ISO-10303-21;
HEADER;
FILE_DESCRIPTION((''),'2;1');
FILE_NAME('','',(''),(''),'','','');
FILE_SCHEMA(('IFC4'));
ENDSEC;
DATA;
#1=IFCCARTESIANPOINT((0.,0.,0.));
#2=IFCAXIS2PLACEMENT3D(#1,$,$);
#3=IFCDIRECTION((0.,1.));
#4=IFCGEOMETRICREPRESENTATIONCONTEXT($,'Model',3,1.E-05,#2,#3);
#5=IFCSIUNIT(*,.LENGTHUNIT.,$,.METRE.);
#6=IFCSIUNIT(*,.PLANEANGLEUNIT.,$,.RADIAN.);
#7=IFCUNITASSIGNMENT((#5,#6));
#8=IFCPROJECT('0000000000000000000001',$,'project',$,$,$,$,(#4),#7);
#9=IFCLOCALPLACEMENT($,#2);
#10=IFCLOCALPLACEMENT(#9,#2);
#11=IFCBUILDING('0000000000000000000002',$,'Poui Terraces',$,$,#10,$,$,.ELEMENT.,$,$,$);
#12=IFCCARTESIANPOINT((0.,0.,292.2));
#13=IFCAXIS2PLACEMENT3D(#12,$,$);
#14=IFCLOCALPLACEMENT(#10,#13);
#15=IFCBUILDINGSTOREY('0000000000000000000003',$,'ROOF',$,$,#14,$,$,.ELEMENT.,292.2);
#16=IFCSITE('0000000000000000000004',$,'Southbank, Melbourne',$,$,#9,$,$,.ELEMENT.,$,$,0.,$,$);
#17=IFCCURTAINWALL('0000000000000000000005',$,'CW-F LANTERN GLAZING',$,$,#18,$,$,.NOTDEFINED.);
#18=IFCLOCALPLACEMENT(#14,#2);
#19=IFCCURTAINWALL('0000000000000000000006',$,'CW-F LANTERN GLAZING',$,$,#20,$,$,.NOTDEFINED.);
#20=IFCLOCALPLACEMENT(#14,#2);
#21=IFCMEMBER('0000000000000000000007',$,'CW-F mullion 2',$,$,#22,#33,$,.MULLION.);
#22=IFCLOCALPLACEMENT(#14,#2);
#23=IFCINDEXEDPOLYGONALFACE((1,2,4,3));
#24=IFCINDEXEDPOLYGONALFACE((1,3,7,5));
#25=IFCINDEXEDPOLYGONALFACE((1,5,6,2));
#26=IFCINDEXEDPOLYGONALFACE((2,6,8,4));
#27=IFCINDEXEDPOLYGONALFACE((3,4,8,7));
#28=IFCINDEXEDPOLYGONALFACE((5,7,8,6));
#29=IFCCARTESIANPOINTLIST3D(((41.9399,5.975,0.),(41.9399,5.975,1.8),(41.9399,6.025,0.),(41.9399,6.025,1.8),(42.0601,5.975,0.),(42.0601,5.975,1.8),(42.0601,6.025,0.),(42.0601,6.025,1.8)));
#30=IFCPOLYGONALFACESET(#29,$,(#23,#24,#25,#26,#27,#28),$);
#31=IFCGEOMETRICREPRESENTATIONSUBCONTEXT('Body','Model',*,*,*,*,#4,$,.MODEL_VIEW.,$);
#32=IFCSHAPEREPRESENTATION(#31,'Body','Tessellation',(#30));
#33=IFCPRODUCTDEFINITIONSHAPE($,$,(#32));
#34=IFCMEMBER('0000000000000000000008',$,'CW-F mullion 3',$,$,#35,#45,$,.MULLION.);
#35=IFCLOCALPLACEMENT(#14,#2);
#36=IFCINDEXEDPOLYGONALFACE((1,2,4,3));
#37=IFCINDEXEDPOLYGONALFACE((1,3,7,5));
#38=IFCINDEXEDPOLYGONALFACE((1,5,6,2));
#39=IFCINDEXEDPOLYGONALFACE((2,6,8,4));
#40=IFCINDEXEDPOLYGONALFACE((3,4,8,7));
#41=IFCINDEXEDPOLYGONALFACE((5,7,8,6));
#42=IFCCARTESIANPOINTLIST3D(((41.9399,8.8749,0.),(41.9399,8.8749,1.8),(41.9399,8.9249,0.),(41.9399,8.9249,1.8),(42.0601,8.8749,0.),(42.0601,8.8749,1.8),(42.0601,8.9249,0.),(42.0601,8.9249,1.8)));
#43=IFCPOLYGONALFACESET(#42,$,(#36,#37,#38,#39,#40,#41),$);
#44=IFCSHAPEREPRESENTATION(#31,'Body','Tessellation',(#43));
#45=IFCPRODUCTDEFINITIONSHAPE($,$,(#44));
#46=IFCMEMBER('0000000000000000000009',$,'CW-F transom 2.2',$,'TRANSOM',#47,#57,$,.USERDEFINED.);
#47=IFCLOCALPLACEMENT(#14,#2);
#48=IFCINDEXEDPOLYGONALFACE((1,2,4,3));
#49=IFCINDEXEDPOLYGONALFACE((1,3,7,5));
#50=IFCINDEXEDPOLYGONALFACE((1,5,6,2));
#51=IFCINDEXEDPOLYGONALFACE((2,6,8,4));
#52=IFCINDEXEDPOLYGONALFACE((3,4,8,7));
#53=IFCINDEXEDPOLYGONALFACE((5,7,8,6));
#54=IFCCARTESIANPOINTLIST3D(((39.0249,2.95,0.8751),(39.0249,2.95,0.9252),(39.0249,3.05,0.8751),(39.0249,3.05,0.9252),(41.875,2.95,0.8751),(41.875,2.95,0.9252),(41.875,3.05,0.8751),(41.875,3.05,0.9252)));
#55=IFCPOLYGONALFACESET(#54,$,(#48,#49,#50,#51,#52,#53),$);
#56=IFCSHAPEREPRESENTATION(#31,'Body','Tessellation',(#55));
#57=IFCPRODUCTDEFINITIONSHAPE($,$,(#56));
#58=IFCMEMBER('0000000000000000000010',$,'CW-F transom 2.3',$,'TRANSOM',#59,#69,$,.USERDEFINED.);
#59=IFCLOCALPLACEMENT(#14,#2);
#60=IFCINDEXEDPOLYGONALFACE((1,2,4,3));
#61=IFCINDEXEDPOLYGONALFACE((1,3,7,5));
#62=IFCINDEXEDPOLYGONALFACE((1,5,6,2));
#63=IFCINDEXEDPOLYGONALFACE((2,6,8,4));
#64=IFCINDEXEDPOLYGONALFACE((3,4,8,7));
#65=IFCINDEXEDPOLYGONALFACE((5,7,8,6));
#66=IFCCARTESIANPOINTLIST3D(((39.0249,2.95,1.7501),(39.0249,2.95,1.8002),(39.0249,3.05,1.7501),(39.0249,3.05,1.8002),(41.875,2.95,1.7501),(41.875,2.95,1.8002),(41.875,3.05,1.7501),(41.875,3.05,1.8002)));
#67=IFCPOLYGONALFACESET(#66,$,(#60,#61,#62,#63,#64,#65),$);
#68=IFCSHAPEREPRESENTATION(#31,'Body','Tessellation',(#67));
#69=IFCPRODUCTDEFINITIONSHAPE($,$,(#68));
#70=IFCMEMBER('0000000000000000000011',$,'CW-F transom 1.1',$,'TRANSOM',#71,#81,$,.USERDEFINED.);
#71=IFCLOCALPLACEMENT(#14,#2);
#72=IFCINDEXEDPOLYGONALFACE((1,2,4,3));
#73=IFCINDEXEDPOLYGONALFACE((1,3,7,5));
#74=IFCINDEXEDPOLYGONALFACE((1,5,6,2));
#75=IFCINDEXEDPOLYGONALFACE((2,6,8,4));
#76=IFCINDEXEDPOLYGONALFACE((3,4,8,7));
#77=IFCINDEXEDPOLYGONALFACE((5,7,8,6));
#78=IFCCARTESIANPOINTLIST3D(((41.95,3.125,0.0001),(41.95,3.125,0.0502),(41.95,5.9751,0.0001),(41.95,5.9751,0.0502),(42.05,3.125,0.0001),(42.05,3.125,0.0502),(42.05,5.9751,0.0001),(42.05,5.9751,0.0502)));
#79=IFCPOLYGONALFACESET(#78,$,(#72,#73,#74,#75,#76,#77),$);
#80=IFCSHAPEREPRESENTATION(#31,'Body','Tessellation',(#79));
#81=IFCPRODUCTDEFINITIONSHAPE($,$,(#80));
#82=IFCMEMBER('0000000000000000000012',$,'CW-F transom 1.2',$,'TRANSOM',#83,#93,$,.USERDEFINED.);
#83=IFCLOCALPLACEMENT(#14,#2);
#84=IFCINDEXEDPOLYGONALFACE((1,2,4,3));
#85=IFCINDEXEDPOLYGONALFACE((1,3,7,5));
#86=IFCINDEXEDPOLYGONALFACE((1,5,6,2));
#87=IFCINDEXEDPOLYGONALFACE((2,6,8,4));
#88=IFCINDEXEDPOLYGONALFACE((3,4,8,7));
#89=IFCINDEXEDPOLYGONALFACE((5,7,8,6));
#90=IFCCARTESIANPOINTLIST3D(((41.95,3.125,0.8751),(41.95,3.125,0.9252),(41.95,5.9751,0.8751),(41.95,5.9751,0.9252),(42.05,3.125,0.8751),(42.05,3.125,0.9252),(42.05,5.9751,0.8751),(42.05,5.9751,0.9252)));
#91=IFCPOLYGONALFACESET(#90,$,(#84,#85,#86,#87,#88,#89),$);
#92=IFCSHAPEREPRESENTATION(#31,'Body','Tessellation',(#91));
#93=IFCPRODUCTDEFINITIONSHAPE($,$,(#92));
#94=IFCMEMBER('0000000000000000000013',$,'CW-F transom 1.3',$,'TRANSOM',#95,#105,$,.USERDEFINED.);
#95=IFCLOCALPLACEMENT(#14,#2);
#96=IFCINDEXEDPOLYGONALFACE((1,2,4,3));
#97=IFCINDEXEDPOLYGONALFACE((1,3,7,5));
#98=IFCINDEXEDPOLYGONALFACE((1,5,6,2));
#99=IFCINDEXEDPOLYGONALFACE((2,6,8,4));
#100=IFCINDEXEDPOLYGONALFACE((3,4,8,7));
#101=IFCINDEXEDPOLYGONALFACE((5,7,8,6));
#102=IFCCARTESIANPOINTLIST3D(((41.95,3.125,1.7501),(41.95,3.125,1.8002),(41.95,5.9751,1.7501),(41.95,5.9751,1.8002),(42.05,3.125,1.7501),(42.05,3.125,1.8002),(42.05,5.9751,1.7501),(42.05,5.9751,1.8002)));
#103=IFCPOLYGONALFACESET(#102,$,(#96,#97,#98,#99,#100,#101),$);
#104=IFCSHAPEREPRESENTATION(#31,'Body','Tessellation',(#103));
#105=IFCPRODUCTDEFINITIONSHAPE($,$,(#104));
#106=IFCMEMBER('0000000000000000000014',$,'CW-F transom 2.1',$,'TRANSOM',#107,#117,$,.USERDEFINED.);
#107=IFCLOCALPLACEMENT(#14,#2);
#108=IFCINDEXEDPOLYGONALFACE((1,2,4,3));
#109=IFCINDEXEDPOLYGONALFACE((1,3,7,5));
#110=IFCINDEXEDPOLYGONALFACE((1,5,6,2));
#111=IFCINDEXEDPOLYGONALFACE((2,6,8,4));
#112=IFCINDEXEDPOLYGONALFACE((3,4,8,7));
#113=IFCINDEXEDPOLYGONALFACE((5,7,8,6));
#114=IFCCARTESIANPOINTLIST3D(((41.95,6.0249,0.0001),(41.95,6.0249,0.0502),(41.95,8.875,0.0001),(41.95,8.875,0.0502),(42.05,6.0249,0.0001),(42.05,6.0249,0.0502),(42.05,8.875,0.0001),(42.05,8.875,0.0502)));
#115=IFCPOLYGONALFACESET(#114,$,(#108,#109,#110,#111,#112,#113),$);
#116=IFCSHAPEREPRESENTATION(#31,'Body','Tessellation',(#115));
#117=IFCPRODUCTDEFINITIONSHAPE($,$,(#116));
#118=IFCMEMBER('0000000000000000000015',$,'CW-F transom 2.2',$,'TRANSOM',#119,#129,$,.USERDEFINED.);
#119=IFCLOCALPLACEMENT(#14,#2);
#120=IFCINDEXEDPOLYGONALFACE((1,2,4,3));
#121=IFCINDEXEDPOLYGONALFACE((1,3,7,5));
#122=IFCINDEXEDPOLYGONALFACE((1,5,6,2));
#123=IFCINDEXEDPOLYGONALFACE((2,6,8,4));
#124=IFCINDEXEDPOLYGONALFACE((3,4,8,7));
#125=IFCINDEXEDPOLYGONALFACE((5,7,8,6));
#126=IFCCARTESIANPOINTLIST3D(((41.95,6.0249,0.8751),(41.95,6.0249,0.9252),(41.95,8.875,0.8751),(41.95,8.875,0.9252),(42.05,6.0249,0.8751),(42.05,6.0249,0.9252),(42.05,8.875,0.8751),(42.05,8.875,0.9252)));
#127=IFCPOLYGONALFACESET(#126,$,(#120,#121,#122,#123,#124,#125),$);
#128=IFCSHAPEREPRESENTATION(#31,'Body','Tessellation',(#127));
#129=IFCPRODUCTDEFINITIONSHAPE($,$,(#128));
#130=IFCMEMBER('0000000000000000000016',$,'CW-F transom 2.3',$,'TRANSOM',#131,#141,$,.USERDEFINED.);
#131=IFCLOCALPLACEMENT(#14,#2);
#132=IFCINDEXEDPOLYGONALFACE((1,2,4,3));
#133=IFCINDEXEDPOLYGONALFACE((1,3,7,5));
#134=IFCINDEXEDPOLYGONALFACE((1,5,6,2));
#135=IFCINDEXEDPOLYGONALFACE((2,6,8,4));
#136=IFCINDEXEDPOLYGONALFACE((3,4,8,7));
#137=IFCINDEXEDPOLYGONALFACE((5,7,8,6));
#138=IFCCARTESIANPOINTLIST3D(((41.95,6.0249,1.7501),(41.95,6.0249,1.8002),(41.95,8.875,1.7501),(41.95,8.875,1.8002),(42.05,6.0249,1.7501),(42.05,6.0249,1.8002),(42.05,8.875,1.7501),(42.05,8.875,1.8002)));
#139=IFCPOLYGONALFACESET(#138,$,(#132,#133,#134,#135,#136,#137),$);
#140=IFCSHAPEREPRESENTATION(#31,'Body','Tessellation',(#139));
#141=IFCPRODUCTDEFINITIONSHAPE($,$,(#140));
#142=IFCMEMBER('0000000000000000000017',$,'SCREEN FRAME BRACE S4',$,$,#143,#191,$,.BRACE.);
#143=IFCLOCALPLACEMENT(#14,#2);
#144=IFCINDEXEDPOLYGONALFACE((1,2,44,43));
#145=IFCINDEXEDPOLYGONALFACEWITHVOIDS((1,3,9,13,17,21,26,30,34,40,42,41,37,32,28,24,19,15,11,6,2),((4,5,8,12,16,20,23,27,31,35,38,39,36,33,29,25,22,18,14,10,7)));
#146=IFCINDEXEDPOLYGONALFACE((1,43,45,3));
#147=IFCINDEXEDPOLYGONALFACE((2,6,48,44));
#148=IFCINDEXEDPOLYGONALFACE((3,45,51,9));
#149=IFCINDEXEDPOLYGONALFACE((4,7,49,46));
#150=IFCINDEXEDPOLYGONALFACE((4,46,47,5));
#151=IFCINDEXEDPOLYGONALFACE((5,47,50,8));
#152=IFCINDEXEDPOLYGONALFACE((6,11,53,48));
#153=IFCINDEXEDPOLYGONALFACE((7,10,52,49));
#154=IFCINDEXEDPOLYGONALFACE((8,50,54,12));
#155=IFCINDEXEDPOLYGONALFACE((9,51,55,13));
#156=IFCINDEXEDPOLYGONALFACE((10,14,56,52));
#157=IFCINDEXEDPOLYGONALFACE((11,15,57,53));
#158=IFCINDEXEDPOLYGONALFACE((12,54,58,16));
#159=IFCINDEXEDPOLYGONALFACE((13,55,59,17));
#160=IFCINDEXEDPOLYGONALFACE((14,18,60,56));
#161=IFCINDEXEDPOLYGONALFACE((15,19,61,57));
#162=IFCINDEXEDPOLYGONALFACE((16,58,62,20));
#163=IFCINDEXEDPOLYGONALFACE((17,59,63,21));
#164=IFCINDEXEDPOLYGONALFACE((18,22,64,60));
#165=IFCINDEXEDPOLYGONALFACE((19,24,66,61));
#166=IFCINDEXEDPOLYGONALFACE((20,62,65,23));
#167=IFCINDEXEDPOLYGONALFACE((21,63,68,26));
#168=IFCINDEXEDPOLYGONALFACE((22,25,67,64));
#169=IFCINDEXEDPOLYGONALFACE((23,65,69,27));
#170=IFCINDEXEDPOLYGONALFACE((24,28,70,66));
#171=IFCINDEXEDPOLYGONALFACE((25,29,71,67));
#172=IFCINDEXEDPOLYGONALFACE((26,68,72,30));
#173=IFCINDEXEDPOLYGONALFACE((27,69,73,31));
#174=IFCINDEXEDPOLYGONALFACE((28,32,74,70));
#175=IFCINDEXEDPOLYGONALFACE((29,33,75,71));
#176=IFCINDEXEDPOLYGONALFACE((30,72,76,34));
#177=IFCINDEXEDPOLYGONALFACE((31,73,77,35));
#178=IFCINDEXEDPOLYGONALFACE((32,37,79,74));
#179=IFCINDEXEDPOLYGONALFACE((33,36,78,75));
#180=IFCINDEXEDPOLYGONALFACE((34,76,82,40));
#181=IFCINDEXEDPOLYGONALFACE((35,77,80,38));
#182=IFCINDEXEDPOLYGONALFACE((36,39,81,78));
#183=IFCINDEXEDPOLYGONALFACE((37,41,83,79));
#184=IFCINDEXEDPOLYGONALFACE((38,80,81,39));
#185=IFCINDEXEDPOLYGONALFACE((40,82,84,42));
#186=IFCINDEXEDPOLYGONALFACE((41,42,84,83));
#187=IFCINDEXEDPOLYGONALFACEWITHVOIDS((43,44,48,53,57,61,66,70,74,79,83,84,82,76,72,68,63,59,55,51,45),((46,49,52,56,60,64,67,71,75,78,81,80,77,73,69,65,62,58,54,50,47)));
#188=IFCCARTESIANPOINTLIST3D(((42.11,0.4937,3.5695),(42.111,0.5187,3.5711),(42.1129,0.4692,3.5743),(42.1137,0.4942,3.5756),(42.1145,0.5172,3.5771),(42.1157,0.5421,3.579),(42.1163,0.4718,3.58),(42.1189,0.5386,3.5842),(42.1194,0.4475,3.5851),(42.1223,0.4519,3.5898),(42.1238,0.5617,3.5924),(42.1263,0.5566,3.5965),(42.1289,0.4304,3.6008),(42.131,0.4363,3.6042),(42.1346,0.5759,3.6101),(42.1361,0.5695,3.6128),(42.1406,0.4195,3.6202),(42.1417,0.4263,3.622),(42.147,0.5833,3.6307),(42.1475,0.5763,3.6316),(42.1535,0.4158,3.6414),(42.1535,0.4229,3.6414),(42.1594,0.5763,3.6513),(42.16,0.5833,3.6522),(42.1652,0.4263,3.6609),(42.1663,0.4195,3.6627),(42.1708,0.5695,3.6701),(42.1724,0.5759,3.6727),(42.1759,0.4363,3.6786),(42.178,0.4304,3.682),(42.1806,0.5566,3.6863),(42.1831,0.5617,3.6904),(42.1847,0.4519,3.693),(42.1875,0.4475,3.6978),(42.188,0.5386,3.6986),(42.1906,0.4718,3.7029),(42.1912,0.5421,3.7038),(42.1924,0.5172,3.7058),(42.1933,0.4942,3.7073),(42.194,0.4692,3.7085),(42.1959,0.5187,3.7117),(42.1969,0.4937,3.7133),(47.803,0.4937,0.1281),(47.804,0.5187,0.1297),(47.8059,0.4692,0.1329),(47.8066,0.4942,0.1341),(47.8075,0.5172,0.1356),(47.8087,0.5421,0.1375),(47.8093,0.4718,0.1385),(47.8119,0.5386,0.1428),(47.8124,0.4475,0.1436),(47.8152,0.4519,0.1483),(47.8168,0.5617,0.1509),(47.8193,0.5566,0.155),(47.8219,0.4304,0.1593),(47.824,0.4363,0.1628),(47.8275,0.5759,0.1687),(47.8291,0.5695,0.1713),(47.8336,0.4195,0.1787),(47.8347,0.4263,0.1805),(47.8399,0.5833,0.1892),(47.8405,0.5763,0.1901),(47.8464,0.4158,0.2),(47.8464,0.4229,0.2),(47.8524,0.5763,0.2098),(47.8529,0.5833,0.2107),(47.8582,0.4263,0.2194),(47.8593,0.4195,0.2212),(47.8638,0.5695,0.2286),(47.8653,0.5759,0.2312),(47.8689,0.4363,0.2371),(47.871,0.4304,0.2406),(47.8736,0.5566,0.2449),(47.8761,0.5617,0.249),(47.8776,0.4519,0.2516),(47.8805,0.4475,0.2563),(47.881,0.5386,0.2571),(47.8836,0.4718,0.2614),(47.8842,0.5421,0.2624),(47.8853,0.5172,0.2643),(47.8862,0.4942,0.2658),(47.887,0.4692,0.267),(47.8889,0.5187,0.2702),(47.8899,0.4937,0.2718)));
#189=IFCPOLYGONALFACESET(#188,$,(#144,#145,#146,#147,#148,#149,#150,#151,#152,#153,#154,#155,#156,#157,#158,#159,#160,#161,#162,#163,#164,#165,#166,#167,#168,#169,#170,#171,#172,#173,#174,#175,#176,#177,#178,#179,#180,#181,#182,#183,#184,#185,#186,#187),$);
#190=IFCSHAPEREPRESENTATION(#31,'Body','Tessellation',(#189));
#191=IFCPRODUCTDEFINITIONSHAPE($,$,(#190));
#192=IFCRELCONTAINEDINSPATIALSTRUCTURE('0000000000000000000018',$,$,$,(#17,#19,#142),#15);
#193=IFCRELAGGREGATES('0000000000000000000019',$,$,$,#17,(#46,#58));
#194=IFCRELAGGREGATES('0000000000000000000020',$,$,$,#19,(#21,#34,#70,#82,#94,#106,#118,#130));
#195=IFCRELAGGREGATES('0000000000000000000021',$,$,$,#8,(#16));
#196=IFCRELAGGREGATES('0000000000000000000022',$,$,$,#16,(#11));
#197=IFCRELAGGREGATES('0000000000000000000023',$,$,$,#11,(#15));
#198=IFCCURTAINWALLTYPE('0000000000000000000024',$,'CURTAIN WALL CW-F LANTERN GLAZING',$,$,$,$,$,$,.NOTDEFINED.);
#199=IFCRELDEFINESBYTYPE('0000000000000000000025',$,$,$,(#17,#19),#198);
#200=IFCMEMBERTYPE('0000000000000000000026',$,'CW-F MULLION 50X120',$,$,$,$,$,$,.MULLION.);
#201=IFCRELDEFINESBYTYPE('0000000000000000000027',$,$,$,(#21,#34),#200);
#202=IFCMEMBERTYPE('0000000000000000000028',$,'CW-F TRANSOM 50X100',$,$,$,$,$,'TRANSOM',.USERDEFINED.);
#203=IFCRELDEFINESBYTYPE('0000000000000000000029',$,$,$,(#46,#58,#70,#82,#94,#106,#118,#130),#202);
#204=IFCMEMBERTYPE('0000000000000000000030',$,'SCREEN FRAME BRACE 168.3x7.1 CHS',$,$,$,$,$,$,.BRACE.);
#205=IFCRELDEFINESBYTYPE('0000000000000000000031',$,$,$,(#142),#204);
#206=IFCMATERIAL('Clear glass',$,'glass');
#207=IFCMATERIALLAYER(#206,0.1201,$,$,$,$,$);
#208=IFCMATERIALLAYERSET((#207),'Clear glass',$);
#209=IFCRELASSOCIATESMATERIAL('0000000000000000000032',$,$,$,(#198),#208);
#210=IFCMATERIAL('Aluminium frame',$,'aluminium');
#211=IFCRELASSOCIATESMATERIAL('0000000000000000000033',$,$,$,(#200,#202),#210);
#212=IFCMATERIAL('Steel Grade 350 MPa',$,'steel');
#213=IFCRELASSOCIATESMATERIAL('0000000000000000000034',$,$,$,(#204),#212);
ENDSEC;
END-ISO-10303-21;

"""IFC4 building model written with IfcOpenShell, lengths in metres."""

from ifc_helpers import new_model, si_unit, direction, frame, origin, origin_2d, place, context, subcontext, project, spatial, rectangle, hollow_circle, extrude, material, layer, layer_set, material_profile, profile_set, type_object, element, aggregate, save


model = new_model("IFC4")

# Units and contexts
model_context = context("Model", 3, precision=1e-05, world=origin(), true_north=direction((0.0, 1.0)))
body_context = subcontext(model_context, "Body", "Model", "MODEL_VIEW")
ifc_project = project(units=[si_unit("LENGTHUNIT", "METRE"), si_unit("PLANEANGLEUNIT", "RADIAN")], contexts=[model_context])

# Site, building, storey
site_placement = place(None, origin())
site = spatial("IfcSite", under=ifc_project, at=site_placement, Name="Southbank, Melbourne", CompositionType="ELEMENT", RefElevation=0.0)
building_placement = place(site_placement, origin())
building = spatial("IfcBuilding", under=site, at=building_placement, Name="Poui Terraces", CompositionType="ELEMENT")
storey_placement = place(building_placement, frame((0.0, 0.0, 292.2)))
storey = spatial("IfcBuildingStorey", under=building, at=storey_placement, Name="ROOF", CompositionType="ELEMENT", Elevation=292.2)

# Shared definitions
ifc_material_1 = material(Name="Steel Grade 350 MPa", Category="steel")

# Curtain wall
ifc_material_2 = material(Name="Clear glass", Category="glass")
ifc_layer_1 = layer(ifc_material_2, 0.1201)
ifc_layer_set_1 = layer_set([ifc_layer_1], Name="Clear glass")
curtain_wall_type = type_object("IfcCurtainWallType", Name="CURTAIN WALL CW-F LANTERN GLAZING", PredefinedType="NOTDEFINED", material=ifc_layer_set_1)
curtain_wall_1_placement = place(storey_placement, origin())
curtain_wall_1 = element("IfcCurtainWall", 1, at=curtain_wall_1_placement, inside=storey, type_object=curtain_wall_type, Name="CW-F LANTERN GLAZING", PredefinedType="NOTDEFINED")
ifc_material_3 = material(Name="Aluminium frame", Category="aluminium")
ifc_material_profile_1 = material_profile(ifc_material_3, rectangle(XDim=0.1201, YDim=0.05, at=origin_2d()), Name="CW-F MULLION 50X120")
ifc_profile_set_1 = profile_set([ifc_material_profile_1], Name="Aluminium frame")
member_type_1 = type_object("IfcMemberType", Name="CW-F MULLION 50X120", PredefinedType="MULLION", material=ifc_profile_set_1)

# Curtain wall, members
curtain_wall_2_placement = place(storey_placement, origin())
curtain_wall_2 = element("IfcCurtainWall", 2, at=curtain_wall_2_placement, inside=storey, type_object=curtain_wall_type, Name="CW-F LANTERN GLAZING", PredefinedType="NOTDEFINED")
member_1_placement = place(storey_placement, frame((42.0, 6.0, 0.0), z_axis=(0.0, 0.0, 1.0), x_axis=(-1.0, 0.0, 0.0)))
member_1 = element("IfcMember", 3, at=member_1_placement, type_object=member_type_1, Name="CW-F mullion 2", PredefinedType="MULLION", context=body_context, shape_type="SweptSolid", body=[
    extrude(rectangle(XDim=0.1201, YDim=0.05, at=origin_2d()), origin(), (0.0, 0.0, 1.0), 1.8),
])
member_2_placement = place(storey_placement, frame((42.0, 8.8999, 0.0), z_axis=(0.0, 0.0, 1.0), x_axis=(-1.0, 0.0, 0.0)))
member_2 = element("IfcMember", 4, at=member_2_placement, type_object=member_type_1, Name="CW-F mullion 3", PredefinedType="MULLION", context=body_context, shape_type="SweptSolid", body=[
    extrude(rectangle(XDim=0.1201, YDim=0.05, at=origin_2d()), origin(), (0.0, 0.0, 1.0), 1.8),
])

# Members
ifc_material_profile_2 = material_profile(ifc_material_3, rectangle(XDim=0.1001, YDim=0.05, at=origin_2d()), Name="CW-F TRANSOM 50X100")
ifc_profile_set_2 = profile_set([ifc_material_profile_2], Name="Aluminium frame")
member_type_2 = type_object("IfcMemberType", Name="CW-F TRANSOM 50X100", ElementType="TRANSOM", PredefinedType="USERDEFINED", material=ifc_profile_set_2)
member_3_placement = place(storey_placement, frame((39.0249, 3.0, 0.9001), z_axis=(1.0, 0.0, 0.0), x_axis=(0.0, 1.0, 0.0)))
member_3 = element("IfcMember", 5, at=member_3_placement, type_object=member_type_2, Name="CW-F transom 2.2", ObjectType="TRANSOM", PredefinedType="USERDEFINED", context=body_context, shape_type="SweptSolid", body=[
    extrude(rectangle(XDim=0.1001, YDim=0.05, at=origin_2d()), origin(), (0.0, 0.0, 1.0), 2.8501),
])
member_4_placement = place(storey_placement, frame((39.0249, 3.0, 1.7751), z_axis=(1.0, 0.0, 0.0), x_axis=(0.0, 1.0, 0.0)))
member_4 = element("IfcMember", 6, at=member_4_placement, type_object=member_type_2, Name="CW-F transom 2.3", ObjectType="TRANSOM", PredefinedType="USERDEFINED", context=body_context, shape_type="SweptSolid", body=[
    extrude(rectangle(XDim=0.1001, YDim=0.05, at=origin_2d()), origin(), (0.0, 0.0, 1.0), 2.8501),
])
member_5_placement = place(storey_placement, frame((42.0, 3.125, 0.0251), z_axis=(0.0, 1.0, 0.0), x_axis=(-1.0, 0.0, 0.0)))
member_5 = element("IfcMember", 7, at=member_5_placement, type_object=member_type_2, Name="CW-F transom 1.1", ObjectType="TRANSOM", PredefinedType="USERDEFINED", context=body_context, shape_type="SweptSolid", body=[
    extrude(rectangle(XDim=0.1001, YDim=0.05, at=origin_2d()), origin(), (0.0, 0.0, 1.0), 2.8501),
])
member_6_placement = place(storey_placement, frame((42.0, 3.125, 0.9001), z_axis=(0.0, 1.0, 0.0), x_axis=(-1.0, 0.0, 0.0)))
member_6 = element("IfcMember", 8, at=member_6_placement, type_object=member_type_2, Name="CW-F transom 1.2", ObjectType="TRANSOM", PredefinedType="USERDEFINED", context=body_context, shape_type="SweptSolid", body=[
    extrude(rectangle(XDim=0.1001, YDim=0.05, at=origin_2d()), origin(), (0.0, 0.0, 1.0), 2.8501),
])
member_7_placement = place(storey_placement, frame((42.0, 3.125, 1.7751), z_axis=(0.0, 1.0, 0.0), x_axis=(-1.0, 0.0, 0.0)))
member_7 = element("IfcMember", 9, at=member_7_placement, type_object=member_type_2, Name="CW-F transom 1.3", ObjectType="TRANSOM", PredefinedType="USERDEFINED", context=body_context, shape_type="SweptSolid", body=[
    extrude(rectangle(XDim=0.1001, YDim=0.05, at=origin_2d()), origin(), (0.0, 0.0, 1.0), 2.8501),
])
member_8_placement = place(storey_placement, frame((42.0, 6.0249, 0.0251), z_axis=(0.0, 1.0, 0.0), x_axis=(-1.0, 0.0, 0.0)))
member_8 = element("IfcMember", 10, at=member_8_placement, type_object=member_type_2, Name="CW-F transom 2.1", ObjectType="TRANSOM", PredefinedType="USERDEFINED", context=body_context, shape_type="SweptSolid", body=[
    extrude(rectangle(XDim=0.1001, YDim=0.05, at=origin_2d()), origin(), (0.0, 0.0, 1.0), 2.8501),
])
member_9_placement = place(storey_placement, frame((42.0, 6.0249, 0.9001), z_axis=(0.0, 1.0, 0.0), x_axis=(-1.0, 0.0, 0.0)))
member_9 = element("IfcMember", 11, at=member_9_placement, type_object=member_type_2, Name="CW-F transom 2.2", ObjectType="TRANSOM", PredefinedType="USERDEFINED", context=body_context, shape_type="SweptSolid", body=[
    extrude(rectangle(XDim=0.1001, YDim=0.05, at=origin_2d()), origin(), (0.0, 0.0, 1.0), 2.8501),
])
member_10_placement = place(storey_placement, frame((42.0, 6.0249, 1.7751), z_axis=(0.0, 1.0, 0.0), x_axis=(-1.0, 0.0, 0.0)))
member_10 = element("IfcMember", 12, at=member_10_placement, type_object=member_type_2, Name="CW-F transom 2.3", ObjectType="TRANSOM", PredefinedType="USERDEFINED", context=body_context, shape_type="SweptSolid", body=[
    extrude(rectangle(XDim=0.1001, YDim=0.05, at=origin_2d()), origin(), (0.0, 0.0, 1.0), 2.8501),
])
ifc_material_profile_3 = material_profile(ifc_material_1, hollow_circle(Radius=0.0842, WallThickness=0.0071, at=origin_2d()), Name="168.3x7.1 CHS")
ifc_profile_set_3 = profile_set([ifc_material_profile_3], Name="Steel Grade 350 MPa")
member_type_3 = type_object("IfcMemberType", Name="SCREEN FRAME BRACE 168.3x7.1 CHS", PredefinedType="BRACE", material=ifc_profile_set_3)
member_11_placement = place(storey_placement, frame((47.8464, 0.5, 0.2), z_axis=(-0.855785, 0.0, 0.517332), x_axis=(0.0, -1.0, 0.0)))
element("IfcMember", 13, at=member_11_placement, inside=storey, type_object=member_type_3, Name="SCREEN FRAME BRACE S4", PredefinedType="BRACE", context=body_context, shape_type="SweptSolid", body=[
    extrude(hollow_circle(Radius=0.0842, WallThickness=0.0071, at=origin_2d()), origin(), (0.0, 0.0, 1.0), 6.6523),
])

aggregate(curtain_wall_1, [member_3, member_4])
aggregate(curtain_wall_2, [member_1, member_2, member_5, member_6, member_7, member_8, member_9, member_10])

save(model, "model.ifc")
